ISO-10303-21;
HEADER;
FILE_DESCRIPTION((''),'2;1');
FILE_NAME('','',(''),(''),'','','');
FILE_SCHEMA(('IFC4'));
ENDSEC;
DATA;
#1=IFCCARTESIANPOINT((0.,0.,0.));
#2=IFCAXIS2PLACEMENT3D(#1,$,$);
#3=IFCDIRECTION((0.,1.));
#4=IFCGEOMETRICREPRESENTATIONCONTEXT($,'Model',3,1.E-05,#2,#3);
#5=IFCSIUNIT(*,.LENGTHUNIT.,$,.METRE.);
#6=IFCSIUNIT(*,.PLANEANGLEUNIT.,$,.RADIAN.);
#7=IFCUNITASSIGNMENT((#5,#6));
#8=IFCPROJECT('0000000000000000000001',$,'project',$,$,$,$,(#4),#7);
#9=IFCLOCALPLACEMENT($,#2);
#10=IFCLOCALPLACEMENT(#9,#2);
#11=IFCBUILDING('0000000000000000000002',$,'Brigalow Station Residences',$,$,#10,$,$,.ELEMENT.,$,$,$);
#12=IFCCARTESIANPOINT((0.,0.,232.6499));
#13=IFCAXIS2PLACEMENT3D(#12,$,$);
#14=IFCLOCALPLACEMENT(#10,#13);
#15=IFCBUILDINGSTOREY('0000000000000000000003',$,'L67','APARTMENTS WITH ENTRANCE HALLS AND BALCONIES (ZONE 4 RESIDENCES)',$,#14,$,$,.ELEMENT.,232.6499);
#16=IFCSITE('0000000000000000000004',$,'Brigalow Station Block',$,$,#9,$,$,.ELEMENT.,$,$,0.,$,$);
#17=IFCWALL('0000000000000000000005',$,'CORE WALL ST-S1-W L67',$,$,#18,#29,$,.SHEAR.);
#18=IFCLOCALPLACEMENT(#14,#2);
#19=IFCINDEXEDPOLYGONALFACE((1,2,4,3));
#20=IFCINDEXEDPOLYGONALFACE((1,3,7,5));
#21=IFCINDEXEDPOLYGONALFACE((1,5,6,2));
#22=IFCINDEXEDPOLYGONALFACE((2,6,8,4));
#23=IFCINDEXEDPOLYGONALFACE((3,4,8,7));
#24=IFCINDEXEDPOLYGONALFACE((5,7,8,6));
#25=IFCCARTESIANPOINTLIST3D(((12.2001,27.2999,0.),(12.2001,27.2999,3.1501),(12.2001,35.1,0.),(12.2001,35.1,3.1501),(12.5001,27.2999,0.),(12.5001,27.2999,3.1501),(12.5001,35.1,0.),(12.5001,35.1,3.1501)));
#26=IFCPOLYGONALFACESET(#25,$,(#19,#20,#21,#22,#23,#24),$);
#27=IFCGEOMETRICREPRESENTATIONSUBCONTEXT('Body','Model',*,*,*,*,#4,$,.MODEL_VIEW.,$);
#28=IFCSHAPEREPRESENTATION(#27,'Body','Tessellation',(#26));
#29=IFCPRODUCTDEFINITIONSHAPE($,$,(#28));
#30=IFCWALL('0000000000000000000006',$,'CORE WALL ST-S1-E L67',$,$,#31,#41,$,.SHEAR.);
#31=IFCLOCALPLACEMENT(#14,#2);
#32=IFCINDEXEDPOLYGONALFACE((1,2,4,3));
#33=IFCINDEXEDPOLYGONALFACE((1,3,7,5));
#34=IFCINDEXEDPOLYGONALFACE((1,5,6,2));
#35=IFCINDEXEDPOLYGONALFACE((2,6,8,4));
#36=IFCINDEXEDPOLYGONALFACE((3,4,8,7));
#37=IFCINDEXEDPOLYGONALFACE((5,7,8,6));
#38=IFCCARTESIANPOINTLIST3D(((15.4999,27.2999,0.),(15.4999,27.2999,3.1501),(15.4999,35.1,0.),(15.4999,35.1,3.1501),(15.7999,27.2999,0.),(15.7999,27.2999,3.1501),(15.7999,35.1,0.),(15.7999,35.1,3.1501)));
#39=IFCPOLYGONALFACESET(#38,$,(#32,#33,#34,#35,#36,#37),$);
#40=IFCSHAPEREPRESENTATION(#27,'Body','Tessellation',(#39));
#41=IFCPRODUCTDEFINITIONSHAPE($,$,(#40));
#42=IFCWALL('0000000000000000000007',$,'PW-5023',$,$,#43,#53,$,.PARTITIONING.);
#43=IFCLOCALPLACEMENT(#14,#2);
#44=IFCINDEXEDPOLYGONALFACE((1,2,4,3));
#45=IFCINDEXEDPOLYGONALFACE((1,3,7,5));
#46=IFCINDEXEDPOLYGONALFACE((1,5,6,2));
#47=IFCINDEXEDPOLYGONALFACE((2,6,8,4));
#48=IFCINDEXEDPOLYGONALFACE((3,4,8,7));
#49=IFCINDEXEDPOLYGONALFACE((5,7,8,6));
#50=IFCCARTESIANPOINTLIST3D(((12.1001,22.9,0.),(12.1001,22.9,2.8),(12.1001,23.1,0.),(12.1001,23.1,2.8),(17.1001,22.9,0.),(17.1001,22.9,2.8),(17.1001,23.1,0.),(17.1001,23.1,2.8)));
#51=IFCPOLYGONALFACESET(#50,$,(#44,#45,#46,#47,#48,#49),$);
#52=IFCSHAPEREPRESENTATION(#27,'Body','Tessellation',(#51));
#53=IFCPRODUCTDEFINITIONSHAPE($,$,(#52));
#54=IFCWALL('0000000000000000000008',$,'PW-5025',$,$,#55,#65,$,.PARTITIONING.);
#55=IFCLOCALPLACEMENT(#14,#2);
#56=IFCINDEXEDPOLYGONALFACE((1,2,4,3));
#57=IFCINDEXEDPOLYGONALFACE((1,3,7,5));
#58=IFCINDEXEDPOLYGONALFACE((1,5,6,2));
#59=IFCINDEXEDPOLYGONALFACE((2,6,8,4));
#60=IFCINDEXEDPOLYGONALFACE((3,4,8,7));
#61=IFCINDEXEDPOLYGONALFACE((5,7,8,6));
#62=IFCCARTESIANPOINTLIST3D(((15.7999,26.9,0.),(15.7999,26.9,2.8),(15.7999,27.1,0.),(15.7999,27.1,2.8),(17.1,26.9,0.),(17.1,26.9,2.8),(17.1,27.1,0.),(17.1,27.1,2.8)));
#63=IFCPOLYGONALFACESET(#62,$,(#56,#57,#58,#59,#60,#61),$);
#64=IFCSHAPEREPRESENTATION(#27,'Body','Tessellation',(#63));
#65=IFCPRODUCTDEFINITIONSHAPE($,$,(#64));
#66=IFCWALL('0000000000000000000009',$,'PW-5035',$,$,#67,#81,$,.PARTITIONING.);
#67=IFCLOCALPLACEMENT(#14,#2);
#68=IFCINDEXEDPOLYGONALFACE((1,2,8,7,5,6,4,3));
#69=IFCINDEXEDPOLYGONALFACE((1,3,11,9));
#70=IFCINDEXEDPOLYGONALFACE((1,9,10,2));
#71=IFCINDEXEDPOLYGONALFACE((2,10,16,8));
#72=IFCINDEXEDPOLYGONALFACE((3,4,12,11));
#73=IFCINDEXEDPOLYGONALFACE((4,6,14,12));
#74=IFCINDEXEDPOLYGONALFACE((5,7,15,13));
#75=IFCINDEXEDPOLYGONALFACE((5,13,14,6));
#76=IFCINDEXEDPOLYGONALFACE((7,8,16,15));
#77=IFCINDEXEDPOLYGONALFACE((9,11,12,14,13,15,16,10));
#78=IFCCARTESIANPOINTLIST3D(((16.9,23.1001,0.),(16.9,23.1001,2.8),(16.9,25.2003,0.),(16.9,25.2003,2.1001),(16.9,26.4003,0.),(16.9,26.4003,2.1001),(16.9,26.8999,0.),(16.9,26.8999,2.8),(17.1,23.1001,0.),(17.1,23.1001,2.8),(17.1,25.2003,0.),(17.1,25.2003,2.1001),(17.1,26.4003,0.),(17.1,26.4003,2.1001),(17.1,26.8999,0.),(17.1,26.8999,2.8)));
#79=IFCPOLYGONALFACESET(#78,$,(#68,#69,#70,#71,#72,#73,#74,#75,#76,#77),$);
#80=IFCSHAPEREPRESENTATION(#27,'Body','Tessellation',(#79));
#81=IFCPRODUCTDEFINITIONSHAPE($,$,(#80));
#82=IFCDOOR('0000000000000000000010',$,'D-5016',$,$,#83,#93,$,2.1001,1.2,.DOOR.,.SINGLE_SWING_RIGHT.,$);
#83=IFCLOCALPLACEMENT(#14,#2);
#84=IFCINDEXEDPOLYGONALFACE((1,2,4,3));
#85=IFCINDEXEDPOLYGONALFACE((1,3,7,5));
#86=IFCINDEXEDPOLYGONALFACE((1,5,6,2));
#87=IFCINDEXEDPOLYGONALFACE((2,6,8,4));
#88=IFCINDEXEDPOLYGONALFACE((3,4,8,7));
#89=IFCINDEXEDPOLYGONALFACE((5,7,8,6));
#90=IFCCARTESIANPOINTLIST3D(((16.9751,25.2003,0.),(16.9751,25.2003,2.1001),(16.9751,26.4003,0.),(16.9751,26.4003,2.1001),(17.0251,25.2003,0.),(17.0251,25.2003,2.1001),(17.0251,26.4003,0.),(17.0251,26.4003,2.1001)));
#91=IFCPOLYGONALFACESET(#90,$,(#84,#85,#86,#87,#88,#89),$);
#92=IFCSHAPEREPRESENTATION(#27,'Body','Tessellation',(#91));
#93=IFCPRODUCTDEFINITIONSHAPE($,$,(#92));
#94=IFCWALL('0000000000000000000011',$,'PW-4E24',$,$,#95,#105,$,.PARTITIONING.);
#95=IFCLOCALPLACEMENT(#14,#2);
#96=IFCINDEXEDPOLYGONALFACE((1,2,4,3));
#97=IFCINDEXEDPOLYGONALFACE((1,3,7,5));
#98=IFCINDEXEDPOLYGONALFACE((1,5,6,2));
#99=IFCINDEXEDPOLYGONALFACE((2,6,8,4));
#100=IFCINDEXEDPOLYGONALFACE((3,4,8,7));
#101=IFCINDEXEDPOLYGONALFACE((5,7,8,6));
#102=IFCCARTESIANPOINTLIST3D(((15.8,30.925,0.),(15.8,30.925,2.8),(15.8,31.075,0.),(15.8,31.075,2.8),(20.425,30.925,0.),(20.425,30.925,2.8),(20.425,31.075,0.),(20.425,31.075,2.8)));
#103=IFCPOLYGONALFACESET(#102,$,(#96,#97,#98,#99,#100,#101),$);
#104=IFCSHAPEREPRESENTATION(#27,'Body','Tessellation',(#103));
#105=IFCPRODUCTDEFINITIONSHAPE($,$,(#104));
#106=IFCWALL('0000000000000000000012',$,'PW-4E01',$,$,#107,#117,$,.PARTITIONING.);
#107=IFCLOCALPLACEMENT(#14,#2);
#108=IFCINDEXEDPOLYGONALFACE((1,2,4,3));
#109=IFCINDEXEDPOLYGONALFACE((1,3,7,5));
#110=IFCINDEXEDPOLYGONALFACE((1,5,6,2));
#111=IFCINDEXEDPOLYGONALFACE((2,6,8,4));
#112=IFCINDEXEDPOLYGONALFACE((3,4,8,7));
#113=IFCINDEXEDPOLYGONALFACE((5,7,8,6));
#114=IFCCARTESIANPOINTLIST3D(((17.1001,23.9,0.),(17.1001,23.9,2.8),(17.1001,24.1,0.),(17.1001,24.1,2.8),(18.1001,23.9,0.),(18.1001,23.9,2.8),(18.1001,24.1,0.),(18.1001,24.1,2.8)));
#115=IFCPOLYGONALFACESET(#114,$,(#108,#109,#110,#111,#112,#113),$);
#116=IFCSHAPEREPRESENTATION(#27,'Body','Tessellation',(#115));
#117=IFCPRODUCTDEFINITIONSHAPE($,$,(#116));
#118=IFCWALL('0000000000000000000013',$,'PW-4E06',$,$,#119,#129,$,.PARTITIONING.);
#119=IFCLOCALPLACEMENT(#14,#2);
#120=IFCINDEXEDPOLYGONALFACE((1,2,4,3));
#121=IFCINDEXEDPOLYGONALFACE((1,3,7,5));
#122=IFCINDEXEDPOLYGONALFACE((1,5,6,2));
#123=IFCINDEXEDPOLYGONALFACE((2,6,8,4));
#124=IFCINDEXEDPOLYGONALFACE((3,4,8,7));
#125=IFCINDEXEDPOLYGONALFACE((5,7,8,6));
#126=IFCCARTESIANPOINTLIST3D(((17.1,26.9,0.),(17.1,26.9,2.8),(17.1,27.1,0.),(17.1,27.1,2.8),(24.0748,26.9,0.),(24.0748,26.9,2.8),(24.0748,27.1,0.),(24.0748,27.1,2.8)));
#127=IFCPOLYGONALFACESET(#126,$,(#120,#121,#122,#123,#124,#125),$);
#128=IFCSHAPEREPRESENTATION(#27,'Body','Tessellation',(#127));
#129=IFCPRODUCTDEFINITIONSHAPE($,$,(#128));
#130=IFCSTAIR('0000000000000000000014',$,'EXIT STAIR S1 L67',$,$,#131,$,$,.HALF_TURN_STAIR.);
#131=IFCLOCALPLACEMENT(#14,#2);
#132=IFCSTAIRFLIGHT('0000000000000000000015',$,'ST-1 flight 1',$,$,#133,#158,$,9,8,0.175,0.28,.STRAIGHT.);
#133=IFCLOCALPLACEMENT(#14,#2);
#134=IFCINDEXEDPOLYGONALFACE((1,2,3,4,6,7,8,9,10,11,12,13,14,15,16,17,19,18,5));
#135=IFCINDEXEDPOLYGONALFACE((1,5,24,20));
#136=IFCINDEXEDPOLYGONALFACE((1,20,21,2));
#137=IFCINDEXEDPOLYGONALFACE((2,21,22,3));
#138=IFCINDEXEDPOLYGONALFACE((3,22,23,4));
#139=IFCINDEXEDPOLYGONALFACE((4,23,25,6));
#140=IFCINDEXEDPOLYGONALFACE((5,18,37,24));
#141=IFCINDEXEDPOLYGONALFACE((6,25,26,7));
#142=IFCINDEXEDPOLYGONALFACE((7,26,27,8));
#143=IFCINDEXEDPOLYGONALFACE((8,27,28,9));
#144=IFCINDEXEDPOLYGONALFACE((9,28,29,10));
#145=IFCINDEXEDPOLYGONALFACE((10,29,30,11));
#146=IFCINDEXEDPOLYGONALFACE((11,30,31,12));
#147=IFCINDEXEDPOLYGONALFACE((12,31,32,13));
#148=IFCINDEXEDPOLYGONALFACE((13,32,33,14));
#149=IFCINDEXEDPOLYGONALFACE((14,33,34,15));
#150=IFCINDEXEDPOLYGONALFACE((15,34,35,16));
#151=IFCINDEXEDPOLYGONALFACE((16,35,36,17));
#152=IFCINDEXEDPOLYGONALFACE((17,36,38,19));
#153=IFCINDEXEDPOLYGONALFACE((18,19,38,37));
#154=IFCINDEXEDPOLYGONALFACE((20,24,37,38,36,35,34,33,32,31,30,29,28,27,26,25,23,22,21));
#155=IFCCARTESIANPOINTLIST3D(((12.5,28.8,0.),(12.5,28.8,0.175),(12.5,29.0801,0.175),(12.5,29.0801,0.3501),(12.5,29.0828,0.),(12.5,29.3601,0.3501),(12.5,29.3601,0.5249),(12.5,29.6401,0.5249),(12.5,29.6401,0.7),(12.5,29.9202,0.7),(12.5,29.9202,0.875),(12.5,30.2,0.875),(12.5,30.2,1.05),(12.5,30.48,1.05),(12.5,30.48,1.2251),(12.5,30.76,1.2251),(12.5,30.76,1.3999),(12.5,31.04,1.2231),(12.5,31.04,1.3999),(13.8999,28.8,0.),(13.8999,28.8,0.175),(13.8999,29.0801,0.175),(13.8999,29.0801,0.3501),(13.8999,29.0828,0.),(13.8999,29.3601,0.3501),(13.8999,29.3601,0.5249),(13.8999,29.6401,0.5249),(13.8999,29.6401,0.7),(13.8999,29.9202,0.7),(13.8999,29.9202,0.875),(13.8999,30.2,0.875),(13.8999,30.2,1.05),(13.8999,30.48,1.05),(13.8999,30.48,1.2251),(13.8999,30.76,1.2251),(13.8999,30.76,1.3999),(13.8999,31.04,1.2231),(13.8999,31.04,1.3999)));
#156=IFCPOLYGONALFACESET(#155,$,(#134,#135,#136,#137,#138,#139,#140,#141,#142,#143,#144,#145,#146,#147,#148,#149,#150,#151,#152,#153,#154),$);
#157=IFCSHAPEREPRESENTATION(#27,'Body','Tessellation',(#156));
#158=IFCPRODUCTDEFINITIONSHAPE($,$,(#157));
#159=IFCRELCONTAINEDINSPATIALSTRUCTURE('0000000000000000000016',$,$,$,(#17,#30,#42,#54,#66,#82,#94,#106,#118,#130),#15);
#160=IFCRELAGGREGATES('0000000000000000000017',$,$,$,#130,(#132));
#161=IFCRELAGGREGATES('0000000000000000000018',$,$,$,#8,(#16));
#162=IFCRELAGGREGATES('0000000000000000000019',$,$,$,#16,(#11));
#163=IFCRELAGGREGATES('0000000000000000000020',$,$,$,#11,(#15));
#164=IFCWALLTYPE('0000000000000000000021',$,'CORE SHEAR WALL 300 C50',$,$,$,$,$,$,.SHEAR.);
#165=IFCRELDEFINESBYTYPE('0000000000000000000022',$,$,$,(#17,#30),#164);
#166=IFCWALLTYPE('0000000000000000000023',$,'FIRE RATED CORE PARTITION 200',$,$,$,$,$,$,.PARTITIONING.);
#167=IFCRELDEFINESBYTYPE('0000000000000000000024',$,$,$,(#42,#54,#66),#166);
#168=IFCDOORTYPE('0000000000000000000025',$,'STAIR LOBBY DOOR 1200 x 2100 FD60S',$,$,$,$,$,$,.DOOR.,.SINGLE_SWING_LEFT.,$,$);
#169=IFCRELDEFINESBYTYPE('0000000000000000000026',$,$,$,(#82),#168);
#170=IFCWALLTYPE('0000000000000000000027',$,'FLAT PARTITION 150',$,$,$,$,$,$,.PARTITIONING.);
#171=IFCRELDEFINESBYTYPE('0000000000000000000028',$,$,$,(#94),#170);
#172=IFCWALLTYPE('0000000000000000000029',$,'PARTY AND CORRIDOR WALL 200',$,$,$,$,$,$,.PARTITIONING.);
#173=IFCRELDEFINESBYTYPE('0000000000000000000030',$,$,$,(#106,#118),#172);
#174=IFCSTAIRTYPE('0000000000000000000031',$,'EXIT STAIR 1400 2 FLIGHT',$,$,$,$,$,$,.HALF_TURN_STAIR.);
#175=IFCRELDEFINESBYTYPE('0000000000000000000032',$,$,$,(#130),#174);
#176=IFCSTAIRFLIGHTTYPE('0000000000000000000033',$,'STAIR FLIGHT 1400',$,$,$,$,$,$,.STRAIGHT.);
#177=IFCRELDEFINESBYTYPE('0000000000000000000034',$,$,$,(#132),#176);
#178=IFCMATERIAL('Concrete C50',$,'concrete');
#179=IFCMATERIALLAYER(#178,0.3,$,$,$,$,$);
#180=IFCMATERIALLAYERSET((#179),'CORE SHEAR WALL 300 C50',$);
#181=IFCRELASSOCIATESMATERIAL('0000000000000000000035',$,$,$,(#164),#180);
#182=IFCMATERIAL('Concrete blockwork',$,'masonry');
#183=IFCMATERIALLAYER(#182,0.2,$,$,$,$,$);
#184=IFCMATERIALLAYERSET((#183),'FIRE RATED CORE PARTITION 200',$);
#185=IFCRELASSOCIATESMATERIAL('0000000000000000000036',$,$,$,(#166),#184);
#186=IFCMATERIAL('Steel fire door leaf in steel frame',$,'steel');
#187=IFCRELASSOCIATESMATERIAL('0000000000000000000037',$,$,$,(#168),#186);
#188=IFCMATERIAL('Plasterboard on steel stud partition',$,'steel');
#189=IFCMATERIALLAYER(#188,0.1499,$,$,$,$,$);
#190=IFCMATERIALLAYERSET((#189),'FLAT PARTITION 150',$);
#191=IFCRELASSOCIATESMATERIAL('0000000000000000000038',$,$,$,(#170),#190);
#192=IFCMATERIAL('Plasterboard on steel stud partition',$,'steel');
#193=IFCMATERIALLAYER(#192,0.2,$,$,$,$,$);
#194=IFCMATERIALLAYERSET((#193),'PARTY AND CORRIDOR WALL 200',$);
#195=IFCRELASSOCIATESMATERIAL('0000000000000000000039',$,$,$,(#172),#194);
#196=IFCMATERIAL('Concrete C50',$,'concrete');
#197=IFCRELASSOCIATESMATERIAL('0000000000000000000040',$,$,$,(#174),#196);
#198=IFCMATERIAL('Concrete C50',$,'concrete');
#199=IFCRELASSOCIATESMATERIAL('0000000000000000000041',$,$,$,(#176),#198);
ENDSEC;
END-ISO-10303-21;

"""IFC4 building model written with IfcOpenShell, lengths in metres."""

from ifc_helpers import new_model, si_unit, direction, frame, frame_2d, origin, place, context, subcontext, project, spatial, polyline, rectangle, outline, extrude, material, layer, layer_set, type_object, element, fill, aggregate, save


model = new_model("IFC4")

# Units and contexts
model_context = context("Model", 3, precision=1e-05, world=origin(), true_north=direction((0.0, 1.0)))
body_context = subcontext(model_context, "Body", "Model", "MODEL_VIEW")
ifc_project = project(units=[si_unit("LENGTHUNIT", "METRE"), si_unit("PLANEANGLEUNIT", "RADIAN")], contexts=[model_context])

# Site, building, storey
site_placement = place(None, origin())
site = spatial("IfcSite", under=ifc_project, at=site_placement, Name="Brigalow Station Block", CompositionType="ELEMENT", RefElevation=0.0)
building_placement = place(site_placement, origin())
building = spatial("IfcBuilding", under=site, at=building_placement, Name="Brigalow Station Residences", CompositionType="ELEMENT")
storey_placement = place(building_placement, frame((0.0, 0.0, 232.6499)))
storey = spatial("IfcBuildingStorey", under=building, at=storey_placement, Name="L67", Description="APARTMENTS WITH ENTRANCE HALLS AND BALCONIES (ZONE 4 RESIDENCES)", CompositionType="ELEMENT", Elevation=232.6499)

# Shared definitions
ifc_material_1 = material(Name="Concrete C50", Category="concrete")
ifc_layer_1 = layer(ifc_material_1, 0.3)
ifc_layer_set_1 = layer_set([ifc_layer_1], Name="CORE SHEAR WALL 300 C50")
wall_type_1 = type_object("IfcWallType", Name="CORE SHEAR WALL 300 C50", PredefinedType="SHEAR", material=ifc_layer_set_1)

# Walls
for number, where, z_axis, x_axis, name in (
    (1, (12.3501, 27.3, 0.0), (0.0, 0.0, 1.0), (0.0, 1.0, 0.0), "CORE WALL ST-S1-W L67"),
    (2, (15.6499, 27.3, 0.0), (0.0, 0.0, 1.0), (0.0, 1.0, 0.0), "CORE WALL ST-S1-E L67"),
):
    element("IfcWall", number, at=place(storey_placement, frame(where, z_axis=z_axis, x_axis=x_axis)), inside=storey, type_object=wall_type_1, Name=name, PredefinedType="SHEAR", context=body_context, shape_type="SweptSolid", body=[
        extrude(rectangle(XDim=7.8, YDim=0.3, at=frame_2d((3.8999, 0.0))), origin(), (0.0, 0.0, 1.0), 3.1501),
    ])
ifc_material_2 = material(Name="Concrete blockwork", Category="masonry")
ifc_layer_2 = layer(ifc_material_2, 0.2)
ifc_layer_set_2 = layer_set([ifc_layer_2], Name="FIRE RATED CORE PARTITION 200")
wall_type_2 = type_object("IfcWallType", Name="FIRE RATED CORE PARTITION 200", PredefinedType="PARTITIONING", material=ifc_layer_set_2)
wall_1_placement = place(storey_placement, frame((12.1001, 23.0, 0.0), z_axis=(0.0, 0.0, 1.0), x_axis=(1.0, 0.0, 0.0)))
element("IfcWall", 3, at=wall_1_placement, inside=storey, type_object=wall_type_2, Name="PW-5023", PredefinedType="PARTITIONING", context=body_context, shape_type="SweptSolid", body=[
    extrude(rectangle(XDim=5.0, YDim=0.2, at=frame_2d((2.5, 0.0))), origin(), (0.0, 0.0, 1.0), 2.8),
])
wall_2_placement = place(storey_placement, frame((15.8, 27.0, 0.0), z_axis=(0.0, 0.0, 1.0), x_axis=(1.0, 0.0, 0.0)))
element("IfcWall", 4, at=wall_2_placement, inside=storey, type_object=wall_type_2, Name="PW-5025", PredefinedType="PARTITIONING", context=body_context, shape_type="SweptSolid", body=[
    extrude(rectangle(XDim=1.3, YDim=0.2, at=frame_2d((0.6499, 0.0))), origin(), (0.0, 0.0, 1.0), 2.8),
])

# Wall, opening, door
wall_3_placement = place(storey_placement, frame((17.0, 23.1001, 0.0), z_axis=(0.0, 0.0, 1.0), x_axis=(0.0, 1.0, 0.0)))
wall_3 = element("IfcWall", 5, at=wall_3_placement, inside=storey, type_object=wall_type_2, Name="PW-5035", PredefinedType="PARTITIONING", context=body_context, shape_type="SweptSolid", body=[
    extrude(rectangle(XDim=3.7998, YDim=0.2, at=frame_2d((1.8999, 0.0))), origin(), (0.0, 0.0, 1.0), 2.8),
])
opening_1_placement = place(wall_3_placement, frame((2.1001, 0.0, 0.0)))
opening_1 = element("IfcOpeningElement", 6, at=opening_1_placement, cuts=wall_3, PredefinedType="OPENING", context=body_context, shape_type="SweptSolid", body=[
    extrude(rectangle(XDim=1.2, YDim=2.1001, at=frame_2d((0.6001, 1.05))), frame((0.0, 0.1099, 0.0), z_axis=(0.0, -1.0, 0.0), x_axis=(1.0, 0.0, 0.0)), (0.0, 0.0, 1.0), 0.22),
])
ifc_material_3 = material(Name="Steel fire door leaf in steel frame", Category="steel")
door_type_1 = type_object("IfcDoorType", Name="STAIR LOBBY DOOR 1200 x 2100 FD60S", OperationType="SINGLE_SWING_LEFT", PredefinedType="DOOR", material=ifc_material_3)
door_1_placement = place(opening_1_placement, origin())
door_1 = element("IfcDoor", 7, at=door_1_placement, inside=storey, type_object=door_type_1, Name="D-5016", OperationType="SINGLE_SWING_RIGHT", OverallHeight=2.1001, OverallWidth=1.2, PredefinedType="DOOR", context=body_context, shape_type="SweptSolid", body=[
    extrude(rectangle(XDim=1.2, YDim=2.1001, at=frame_2d((0.6001, 1.05))), frame((0.0, 0.0249, 0.0), z_axis=(0.0, -1.0, 0.0), x_axis=(1.0, 0.0, 0.0)), (0.0, 0.0, 1.0), 0.05),
])
fill(opening_1, door_1)

# Walls
ifc_material_4 = material(Name="Plasterboard on steel stud partition", Category="steel")
ifc_layer_3 = layer(ifc_material_4, 0.1499)
ifc_layer_set_3 = layer_set([ifc_layer_3], Name="FLAT PARTITION 150")
wall_type_3 = type_object("IfcWallType", Name="FLAT PARTITION 150", PredefinedType="PARTITIONING", material=ifc_layer_set_3)
wall_4_placement = place(storey_placement, frame((15.8, 31.0, 0.0), z_axis=(0.0, 0.0, 1.0), x_axis=(1.0, 0.0, 0.0)))
element("IfcWall", 8, at=wall_4_placement, inside=storey, type_object=wall_type_3, Name="PW-4E24", PredefinedType="PARTITIONING", context=body_context, shape_type="SweptSolid", body=[
    extrude(rectangle(XDim=4.625, YDim=0.1499, at=frame_2d((2.3125, 0.0))), origin(), (0.0, 0.0, 1.0), 2.8),
])
ifc_material_5 = material(Name="Plasterboard on steel stud partition", Category="steel")
ifc_layer_4 = layer(ifc_material_5, 0.2)
ifc_layer_set_4 = layer_set([ifc_layer_4], Name="PARTY AND CORRIDOR WALL 200")
wall_type_4 = type_object("IfcWallType", Name="PARTY AND CORRIDOR WALL 200", PredefinedType="PARTITIONING", material=ifc_layer_set_4)
wall_5_placement = place(storey_placement, frame((17.1001, 24.0, 0.0), z_axis=(0.0, 0.0, 1.0), x_axis=(1.0, 0.0, 0.0)))
element("IfcWall", 9, at=wall_5_placement, inside=storey, type_object=wall_type_4, Name="PW-4E01", PredefinedType="PARTITIONING", context=body_context, shape_type="SweptSolid", body=[
    extrude(rectangle(XDim=1.0, YDim=0.2, at=frame_2d((0.5, 0.0))), origin(), (0.0, 0.0, 1.0), 2.8),
])
wall_6_placement = place(storey_placement, frame((17.1001, 27.0, 0.0), z_axis=(0.0, 0.0, 1.0), x_axis=(1.0, 0.0, 0.0)))
element("IfcWall", 10, at=wall_6_placement, inside=storey, type_object=wall_type_4, Name="PW-4E06", PredefinedType="PARTITIONING", context=body_context, shape_type="SweptSolid", body=[
    extrude(rectangle(XDim=6.9749, YDim=0.2, at=frame_2d((3.4873, 0.0))), origin(), (0.0, 0.0, 1.0), 2.8),
])

# Stair, stair flight
ifc_material_6 = material(Name="Concrete C50", Category="concrete")
stair_type = type_object("IfcStairType", Name="EXIT STAIR 1400 2 FLIGHT", PredefinedType="HALF_TURN_STAIR", material=ifc_material_6)
stair_placement = place(storey_placement, origin())
stair = element("IfcStair", 11, at=stair_placement, inside=storey, type_object=stair_type, Name="EXIT STAIR S1 L67", PredefinedType="HALF_TURN_STAIR")
ifc_material_7 = material(Name="Concrete C50", Category="concrete")
stair_flight_type = type_object("IfcStairFlightType", Name="STAIR FLIGHT 1400", PredefinedType="STRAIGHT", material=ifc_material_7)
stair_flight_placement = place(storey_placement, frame((13.2, 28.8, 0.0), z_axis=(0.0, 0.0, 1.0), x_axis=(0.0, 1.0, 0.0)))
stair_flight = element("IfcStairFlight", 12, at=stair_flight_placement, type_object=stair_flight_type, Name="ST-1 flight 1", NumberOfRisers=9, NumberOfTreads=8, PredefinedType="STRAIGHT", RiserHeight=0.175, TreadLength=0.28, context=body_context, shape_type="SweptSolid", body=[
    extrude(outline(polyline([(0.0, 0.0), (0.0, 0.175), (0.28, 0.175), (0.28, 0.3501), (0.5601, 0.3501), (0.5601, 0.5249), (0.8401, 0.5249), (0.8401, 0.7), (1.1201, 0.7), (1.1201, 0.875), (1.3999, 0.875), (1.3999, 1.05), (1.6799, 1.05), (1.6799, 1.2251), (1.96, 1.2251), (1.96, 1.3999), (2.24, 1.3999), (2.24, 1.575), (2.24, 1.2231), (0.2827, 0.0), (0.0, 0.0)])), frame((0.0, 0.7, 0.0), z_axis=(0.0, -1.0, 0.0), x_axis=(1.0, 0.0, 0.0)), (0.0, 0.0, 1.0), 1.3999),
])
aggregate(stair, [stair_flight])

save(model, "model.ifc")
